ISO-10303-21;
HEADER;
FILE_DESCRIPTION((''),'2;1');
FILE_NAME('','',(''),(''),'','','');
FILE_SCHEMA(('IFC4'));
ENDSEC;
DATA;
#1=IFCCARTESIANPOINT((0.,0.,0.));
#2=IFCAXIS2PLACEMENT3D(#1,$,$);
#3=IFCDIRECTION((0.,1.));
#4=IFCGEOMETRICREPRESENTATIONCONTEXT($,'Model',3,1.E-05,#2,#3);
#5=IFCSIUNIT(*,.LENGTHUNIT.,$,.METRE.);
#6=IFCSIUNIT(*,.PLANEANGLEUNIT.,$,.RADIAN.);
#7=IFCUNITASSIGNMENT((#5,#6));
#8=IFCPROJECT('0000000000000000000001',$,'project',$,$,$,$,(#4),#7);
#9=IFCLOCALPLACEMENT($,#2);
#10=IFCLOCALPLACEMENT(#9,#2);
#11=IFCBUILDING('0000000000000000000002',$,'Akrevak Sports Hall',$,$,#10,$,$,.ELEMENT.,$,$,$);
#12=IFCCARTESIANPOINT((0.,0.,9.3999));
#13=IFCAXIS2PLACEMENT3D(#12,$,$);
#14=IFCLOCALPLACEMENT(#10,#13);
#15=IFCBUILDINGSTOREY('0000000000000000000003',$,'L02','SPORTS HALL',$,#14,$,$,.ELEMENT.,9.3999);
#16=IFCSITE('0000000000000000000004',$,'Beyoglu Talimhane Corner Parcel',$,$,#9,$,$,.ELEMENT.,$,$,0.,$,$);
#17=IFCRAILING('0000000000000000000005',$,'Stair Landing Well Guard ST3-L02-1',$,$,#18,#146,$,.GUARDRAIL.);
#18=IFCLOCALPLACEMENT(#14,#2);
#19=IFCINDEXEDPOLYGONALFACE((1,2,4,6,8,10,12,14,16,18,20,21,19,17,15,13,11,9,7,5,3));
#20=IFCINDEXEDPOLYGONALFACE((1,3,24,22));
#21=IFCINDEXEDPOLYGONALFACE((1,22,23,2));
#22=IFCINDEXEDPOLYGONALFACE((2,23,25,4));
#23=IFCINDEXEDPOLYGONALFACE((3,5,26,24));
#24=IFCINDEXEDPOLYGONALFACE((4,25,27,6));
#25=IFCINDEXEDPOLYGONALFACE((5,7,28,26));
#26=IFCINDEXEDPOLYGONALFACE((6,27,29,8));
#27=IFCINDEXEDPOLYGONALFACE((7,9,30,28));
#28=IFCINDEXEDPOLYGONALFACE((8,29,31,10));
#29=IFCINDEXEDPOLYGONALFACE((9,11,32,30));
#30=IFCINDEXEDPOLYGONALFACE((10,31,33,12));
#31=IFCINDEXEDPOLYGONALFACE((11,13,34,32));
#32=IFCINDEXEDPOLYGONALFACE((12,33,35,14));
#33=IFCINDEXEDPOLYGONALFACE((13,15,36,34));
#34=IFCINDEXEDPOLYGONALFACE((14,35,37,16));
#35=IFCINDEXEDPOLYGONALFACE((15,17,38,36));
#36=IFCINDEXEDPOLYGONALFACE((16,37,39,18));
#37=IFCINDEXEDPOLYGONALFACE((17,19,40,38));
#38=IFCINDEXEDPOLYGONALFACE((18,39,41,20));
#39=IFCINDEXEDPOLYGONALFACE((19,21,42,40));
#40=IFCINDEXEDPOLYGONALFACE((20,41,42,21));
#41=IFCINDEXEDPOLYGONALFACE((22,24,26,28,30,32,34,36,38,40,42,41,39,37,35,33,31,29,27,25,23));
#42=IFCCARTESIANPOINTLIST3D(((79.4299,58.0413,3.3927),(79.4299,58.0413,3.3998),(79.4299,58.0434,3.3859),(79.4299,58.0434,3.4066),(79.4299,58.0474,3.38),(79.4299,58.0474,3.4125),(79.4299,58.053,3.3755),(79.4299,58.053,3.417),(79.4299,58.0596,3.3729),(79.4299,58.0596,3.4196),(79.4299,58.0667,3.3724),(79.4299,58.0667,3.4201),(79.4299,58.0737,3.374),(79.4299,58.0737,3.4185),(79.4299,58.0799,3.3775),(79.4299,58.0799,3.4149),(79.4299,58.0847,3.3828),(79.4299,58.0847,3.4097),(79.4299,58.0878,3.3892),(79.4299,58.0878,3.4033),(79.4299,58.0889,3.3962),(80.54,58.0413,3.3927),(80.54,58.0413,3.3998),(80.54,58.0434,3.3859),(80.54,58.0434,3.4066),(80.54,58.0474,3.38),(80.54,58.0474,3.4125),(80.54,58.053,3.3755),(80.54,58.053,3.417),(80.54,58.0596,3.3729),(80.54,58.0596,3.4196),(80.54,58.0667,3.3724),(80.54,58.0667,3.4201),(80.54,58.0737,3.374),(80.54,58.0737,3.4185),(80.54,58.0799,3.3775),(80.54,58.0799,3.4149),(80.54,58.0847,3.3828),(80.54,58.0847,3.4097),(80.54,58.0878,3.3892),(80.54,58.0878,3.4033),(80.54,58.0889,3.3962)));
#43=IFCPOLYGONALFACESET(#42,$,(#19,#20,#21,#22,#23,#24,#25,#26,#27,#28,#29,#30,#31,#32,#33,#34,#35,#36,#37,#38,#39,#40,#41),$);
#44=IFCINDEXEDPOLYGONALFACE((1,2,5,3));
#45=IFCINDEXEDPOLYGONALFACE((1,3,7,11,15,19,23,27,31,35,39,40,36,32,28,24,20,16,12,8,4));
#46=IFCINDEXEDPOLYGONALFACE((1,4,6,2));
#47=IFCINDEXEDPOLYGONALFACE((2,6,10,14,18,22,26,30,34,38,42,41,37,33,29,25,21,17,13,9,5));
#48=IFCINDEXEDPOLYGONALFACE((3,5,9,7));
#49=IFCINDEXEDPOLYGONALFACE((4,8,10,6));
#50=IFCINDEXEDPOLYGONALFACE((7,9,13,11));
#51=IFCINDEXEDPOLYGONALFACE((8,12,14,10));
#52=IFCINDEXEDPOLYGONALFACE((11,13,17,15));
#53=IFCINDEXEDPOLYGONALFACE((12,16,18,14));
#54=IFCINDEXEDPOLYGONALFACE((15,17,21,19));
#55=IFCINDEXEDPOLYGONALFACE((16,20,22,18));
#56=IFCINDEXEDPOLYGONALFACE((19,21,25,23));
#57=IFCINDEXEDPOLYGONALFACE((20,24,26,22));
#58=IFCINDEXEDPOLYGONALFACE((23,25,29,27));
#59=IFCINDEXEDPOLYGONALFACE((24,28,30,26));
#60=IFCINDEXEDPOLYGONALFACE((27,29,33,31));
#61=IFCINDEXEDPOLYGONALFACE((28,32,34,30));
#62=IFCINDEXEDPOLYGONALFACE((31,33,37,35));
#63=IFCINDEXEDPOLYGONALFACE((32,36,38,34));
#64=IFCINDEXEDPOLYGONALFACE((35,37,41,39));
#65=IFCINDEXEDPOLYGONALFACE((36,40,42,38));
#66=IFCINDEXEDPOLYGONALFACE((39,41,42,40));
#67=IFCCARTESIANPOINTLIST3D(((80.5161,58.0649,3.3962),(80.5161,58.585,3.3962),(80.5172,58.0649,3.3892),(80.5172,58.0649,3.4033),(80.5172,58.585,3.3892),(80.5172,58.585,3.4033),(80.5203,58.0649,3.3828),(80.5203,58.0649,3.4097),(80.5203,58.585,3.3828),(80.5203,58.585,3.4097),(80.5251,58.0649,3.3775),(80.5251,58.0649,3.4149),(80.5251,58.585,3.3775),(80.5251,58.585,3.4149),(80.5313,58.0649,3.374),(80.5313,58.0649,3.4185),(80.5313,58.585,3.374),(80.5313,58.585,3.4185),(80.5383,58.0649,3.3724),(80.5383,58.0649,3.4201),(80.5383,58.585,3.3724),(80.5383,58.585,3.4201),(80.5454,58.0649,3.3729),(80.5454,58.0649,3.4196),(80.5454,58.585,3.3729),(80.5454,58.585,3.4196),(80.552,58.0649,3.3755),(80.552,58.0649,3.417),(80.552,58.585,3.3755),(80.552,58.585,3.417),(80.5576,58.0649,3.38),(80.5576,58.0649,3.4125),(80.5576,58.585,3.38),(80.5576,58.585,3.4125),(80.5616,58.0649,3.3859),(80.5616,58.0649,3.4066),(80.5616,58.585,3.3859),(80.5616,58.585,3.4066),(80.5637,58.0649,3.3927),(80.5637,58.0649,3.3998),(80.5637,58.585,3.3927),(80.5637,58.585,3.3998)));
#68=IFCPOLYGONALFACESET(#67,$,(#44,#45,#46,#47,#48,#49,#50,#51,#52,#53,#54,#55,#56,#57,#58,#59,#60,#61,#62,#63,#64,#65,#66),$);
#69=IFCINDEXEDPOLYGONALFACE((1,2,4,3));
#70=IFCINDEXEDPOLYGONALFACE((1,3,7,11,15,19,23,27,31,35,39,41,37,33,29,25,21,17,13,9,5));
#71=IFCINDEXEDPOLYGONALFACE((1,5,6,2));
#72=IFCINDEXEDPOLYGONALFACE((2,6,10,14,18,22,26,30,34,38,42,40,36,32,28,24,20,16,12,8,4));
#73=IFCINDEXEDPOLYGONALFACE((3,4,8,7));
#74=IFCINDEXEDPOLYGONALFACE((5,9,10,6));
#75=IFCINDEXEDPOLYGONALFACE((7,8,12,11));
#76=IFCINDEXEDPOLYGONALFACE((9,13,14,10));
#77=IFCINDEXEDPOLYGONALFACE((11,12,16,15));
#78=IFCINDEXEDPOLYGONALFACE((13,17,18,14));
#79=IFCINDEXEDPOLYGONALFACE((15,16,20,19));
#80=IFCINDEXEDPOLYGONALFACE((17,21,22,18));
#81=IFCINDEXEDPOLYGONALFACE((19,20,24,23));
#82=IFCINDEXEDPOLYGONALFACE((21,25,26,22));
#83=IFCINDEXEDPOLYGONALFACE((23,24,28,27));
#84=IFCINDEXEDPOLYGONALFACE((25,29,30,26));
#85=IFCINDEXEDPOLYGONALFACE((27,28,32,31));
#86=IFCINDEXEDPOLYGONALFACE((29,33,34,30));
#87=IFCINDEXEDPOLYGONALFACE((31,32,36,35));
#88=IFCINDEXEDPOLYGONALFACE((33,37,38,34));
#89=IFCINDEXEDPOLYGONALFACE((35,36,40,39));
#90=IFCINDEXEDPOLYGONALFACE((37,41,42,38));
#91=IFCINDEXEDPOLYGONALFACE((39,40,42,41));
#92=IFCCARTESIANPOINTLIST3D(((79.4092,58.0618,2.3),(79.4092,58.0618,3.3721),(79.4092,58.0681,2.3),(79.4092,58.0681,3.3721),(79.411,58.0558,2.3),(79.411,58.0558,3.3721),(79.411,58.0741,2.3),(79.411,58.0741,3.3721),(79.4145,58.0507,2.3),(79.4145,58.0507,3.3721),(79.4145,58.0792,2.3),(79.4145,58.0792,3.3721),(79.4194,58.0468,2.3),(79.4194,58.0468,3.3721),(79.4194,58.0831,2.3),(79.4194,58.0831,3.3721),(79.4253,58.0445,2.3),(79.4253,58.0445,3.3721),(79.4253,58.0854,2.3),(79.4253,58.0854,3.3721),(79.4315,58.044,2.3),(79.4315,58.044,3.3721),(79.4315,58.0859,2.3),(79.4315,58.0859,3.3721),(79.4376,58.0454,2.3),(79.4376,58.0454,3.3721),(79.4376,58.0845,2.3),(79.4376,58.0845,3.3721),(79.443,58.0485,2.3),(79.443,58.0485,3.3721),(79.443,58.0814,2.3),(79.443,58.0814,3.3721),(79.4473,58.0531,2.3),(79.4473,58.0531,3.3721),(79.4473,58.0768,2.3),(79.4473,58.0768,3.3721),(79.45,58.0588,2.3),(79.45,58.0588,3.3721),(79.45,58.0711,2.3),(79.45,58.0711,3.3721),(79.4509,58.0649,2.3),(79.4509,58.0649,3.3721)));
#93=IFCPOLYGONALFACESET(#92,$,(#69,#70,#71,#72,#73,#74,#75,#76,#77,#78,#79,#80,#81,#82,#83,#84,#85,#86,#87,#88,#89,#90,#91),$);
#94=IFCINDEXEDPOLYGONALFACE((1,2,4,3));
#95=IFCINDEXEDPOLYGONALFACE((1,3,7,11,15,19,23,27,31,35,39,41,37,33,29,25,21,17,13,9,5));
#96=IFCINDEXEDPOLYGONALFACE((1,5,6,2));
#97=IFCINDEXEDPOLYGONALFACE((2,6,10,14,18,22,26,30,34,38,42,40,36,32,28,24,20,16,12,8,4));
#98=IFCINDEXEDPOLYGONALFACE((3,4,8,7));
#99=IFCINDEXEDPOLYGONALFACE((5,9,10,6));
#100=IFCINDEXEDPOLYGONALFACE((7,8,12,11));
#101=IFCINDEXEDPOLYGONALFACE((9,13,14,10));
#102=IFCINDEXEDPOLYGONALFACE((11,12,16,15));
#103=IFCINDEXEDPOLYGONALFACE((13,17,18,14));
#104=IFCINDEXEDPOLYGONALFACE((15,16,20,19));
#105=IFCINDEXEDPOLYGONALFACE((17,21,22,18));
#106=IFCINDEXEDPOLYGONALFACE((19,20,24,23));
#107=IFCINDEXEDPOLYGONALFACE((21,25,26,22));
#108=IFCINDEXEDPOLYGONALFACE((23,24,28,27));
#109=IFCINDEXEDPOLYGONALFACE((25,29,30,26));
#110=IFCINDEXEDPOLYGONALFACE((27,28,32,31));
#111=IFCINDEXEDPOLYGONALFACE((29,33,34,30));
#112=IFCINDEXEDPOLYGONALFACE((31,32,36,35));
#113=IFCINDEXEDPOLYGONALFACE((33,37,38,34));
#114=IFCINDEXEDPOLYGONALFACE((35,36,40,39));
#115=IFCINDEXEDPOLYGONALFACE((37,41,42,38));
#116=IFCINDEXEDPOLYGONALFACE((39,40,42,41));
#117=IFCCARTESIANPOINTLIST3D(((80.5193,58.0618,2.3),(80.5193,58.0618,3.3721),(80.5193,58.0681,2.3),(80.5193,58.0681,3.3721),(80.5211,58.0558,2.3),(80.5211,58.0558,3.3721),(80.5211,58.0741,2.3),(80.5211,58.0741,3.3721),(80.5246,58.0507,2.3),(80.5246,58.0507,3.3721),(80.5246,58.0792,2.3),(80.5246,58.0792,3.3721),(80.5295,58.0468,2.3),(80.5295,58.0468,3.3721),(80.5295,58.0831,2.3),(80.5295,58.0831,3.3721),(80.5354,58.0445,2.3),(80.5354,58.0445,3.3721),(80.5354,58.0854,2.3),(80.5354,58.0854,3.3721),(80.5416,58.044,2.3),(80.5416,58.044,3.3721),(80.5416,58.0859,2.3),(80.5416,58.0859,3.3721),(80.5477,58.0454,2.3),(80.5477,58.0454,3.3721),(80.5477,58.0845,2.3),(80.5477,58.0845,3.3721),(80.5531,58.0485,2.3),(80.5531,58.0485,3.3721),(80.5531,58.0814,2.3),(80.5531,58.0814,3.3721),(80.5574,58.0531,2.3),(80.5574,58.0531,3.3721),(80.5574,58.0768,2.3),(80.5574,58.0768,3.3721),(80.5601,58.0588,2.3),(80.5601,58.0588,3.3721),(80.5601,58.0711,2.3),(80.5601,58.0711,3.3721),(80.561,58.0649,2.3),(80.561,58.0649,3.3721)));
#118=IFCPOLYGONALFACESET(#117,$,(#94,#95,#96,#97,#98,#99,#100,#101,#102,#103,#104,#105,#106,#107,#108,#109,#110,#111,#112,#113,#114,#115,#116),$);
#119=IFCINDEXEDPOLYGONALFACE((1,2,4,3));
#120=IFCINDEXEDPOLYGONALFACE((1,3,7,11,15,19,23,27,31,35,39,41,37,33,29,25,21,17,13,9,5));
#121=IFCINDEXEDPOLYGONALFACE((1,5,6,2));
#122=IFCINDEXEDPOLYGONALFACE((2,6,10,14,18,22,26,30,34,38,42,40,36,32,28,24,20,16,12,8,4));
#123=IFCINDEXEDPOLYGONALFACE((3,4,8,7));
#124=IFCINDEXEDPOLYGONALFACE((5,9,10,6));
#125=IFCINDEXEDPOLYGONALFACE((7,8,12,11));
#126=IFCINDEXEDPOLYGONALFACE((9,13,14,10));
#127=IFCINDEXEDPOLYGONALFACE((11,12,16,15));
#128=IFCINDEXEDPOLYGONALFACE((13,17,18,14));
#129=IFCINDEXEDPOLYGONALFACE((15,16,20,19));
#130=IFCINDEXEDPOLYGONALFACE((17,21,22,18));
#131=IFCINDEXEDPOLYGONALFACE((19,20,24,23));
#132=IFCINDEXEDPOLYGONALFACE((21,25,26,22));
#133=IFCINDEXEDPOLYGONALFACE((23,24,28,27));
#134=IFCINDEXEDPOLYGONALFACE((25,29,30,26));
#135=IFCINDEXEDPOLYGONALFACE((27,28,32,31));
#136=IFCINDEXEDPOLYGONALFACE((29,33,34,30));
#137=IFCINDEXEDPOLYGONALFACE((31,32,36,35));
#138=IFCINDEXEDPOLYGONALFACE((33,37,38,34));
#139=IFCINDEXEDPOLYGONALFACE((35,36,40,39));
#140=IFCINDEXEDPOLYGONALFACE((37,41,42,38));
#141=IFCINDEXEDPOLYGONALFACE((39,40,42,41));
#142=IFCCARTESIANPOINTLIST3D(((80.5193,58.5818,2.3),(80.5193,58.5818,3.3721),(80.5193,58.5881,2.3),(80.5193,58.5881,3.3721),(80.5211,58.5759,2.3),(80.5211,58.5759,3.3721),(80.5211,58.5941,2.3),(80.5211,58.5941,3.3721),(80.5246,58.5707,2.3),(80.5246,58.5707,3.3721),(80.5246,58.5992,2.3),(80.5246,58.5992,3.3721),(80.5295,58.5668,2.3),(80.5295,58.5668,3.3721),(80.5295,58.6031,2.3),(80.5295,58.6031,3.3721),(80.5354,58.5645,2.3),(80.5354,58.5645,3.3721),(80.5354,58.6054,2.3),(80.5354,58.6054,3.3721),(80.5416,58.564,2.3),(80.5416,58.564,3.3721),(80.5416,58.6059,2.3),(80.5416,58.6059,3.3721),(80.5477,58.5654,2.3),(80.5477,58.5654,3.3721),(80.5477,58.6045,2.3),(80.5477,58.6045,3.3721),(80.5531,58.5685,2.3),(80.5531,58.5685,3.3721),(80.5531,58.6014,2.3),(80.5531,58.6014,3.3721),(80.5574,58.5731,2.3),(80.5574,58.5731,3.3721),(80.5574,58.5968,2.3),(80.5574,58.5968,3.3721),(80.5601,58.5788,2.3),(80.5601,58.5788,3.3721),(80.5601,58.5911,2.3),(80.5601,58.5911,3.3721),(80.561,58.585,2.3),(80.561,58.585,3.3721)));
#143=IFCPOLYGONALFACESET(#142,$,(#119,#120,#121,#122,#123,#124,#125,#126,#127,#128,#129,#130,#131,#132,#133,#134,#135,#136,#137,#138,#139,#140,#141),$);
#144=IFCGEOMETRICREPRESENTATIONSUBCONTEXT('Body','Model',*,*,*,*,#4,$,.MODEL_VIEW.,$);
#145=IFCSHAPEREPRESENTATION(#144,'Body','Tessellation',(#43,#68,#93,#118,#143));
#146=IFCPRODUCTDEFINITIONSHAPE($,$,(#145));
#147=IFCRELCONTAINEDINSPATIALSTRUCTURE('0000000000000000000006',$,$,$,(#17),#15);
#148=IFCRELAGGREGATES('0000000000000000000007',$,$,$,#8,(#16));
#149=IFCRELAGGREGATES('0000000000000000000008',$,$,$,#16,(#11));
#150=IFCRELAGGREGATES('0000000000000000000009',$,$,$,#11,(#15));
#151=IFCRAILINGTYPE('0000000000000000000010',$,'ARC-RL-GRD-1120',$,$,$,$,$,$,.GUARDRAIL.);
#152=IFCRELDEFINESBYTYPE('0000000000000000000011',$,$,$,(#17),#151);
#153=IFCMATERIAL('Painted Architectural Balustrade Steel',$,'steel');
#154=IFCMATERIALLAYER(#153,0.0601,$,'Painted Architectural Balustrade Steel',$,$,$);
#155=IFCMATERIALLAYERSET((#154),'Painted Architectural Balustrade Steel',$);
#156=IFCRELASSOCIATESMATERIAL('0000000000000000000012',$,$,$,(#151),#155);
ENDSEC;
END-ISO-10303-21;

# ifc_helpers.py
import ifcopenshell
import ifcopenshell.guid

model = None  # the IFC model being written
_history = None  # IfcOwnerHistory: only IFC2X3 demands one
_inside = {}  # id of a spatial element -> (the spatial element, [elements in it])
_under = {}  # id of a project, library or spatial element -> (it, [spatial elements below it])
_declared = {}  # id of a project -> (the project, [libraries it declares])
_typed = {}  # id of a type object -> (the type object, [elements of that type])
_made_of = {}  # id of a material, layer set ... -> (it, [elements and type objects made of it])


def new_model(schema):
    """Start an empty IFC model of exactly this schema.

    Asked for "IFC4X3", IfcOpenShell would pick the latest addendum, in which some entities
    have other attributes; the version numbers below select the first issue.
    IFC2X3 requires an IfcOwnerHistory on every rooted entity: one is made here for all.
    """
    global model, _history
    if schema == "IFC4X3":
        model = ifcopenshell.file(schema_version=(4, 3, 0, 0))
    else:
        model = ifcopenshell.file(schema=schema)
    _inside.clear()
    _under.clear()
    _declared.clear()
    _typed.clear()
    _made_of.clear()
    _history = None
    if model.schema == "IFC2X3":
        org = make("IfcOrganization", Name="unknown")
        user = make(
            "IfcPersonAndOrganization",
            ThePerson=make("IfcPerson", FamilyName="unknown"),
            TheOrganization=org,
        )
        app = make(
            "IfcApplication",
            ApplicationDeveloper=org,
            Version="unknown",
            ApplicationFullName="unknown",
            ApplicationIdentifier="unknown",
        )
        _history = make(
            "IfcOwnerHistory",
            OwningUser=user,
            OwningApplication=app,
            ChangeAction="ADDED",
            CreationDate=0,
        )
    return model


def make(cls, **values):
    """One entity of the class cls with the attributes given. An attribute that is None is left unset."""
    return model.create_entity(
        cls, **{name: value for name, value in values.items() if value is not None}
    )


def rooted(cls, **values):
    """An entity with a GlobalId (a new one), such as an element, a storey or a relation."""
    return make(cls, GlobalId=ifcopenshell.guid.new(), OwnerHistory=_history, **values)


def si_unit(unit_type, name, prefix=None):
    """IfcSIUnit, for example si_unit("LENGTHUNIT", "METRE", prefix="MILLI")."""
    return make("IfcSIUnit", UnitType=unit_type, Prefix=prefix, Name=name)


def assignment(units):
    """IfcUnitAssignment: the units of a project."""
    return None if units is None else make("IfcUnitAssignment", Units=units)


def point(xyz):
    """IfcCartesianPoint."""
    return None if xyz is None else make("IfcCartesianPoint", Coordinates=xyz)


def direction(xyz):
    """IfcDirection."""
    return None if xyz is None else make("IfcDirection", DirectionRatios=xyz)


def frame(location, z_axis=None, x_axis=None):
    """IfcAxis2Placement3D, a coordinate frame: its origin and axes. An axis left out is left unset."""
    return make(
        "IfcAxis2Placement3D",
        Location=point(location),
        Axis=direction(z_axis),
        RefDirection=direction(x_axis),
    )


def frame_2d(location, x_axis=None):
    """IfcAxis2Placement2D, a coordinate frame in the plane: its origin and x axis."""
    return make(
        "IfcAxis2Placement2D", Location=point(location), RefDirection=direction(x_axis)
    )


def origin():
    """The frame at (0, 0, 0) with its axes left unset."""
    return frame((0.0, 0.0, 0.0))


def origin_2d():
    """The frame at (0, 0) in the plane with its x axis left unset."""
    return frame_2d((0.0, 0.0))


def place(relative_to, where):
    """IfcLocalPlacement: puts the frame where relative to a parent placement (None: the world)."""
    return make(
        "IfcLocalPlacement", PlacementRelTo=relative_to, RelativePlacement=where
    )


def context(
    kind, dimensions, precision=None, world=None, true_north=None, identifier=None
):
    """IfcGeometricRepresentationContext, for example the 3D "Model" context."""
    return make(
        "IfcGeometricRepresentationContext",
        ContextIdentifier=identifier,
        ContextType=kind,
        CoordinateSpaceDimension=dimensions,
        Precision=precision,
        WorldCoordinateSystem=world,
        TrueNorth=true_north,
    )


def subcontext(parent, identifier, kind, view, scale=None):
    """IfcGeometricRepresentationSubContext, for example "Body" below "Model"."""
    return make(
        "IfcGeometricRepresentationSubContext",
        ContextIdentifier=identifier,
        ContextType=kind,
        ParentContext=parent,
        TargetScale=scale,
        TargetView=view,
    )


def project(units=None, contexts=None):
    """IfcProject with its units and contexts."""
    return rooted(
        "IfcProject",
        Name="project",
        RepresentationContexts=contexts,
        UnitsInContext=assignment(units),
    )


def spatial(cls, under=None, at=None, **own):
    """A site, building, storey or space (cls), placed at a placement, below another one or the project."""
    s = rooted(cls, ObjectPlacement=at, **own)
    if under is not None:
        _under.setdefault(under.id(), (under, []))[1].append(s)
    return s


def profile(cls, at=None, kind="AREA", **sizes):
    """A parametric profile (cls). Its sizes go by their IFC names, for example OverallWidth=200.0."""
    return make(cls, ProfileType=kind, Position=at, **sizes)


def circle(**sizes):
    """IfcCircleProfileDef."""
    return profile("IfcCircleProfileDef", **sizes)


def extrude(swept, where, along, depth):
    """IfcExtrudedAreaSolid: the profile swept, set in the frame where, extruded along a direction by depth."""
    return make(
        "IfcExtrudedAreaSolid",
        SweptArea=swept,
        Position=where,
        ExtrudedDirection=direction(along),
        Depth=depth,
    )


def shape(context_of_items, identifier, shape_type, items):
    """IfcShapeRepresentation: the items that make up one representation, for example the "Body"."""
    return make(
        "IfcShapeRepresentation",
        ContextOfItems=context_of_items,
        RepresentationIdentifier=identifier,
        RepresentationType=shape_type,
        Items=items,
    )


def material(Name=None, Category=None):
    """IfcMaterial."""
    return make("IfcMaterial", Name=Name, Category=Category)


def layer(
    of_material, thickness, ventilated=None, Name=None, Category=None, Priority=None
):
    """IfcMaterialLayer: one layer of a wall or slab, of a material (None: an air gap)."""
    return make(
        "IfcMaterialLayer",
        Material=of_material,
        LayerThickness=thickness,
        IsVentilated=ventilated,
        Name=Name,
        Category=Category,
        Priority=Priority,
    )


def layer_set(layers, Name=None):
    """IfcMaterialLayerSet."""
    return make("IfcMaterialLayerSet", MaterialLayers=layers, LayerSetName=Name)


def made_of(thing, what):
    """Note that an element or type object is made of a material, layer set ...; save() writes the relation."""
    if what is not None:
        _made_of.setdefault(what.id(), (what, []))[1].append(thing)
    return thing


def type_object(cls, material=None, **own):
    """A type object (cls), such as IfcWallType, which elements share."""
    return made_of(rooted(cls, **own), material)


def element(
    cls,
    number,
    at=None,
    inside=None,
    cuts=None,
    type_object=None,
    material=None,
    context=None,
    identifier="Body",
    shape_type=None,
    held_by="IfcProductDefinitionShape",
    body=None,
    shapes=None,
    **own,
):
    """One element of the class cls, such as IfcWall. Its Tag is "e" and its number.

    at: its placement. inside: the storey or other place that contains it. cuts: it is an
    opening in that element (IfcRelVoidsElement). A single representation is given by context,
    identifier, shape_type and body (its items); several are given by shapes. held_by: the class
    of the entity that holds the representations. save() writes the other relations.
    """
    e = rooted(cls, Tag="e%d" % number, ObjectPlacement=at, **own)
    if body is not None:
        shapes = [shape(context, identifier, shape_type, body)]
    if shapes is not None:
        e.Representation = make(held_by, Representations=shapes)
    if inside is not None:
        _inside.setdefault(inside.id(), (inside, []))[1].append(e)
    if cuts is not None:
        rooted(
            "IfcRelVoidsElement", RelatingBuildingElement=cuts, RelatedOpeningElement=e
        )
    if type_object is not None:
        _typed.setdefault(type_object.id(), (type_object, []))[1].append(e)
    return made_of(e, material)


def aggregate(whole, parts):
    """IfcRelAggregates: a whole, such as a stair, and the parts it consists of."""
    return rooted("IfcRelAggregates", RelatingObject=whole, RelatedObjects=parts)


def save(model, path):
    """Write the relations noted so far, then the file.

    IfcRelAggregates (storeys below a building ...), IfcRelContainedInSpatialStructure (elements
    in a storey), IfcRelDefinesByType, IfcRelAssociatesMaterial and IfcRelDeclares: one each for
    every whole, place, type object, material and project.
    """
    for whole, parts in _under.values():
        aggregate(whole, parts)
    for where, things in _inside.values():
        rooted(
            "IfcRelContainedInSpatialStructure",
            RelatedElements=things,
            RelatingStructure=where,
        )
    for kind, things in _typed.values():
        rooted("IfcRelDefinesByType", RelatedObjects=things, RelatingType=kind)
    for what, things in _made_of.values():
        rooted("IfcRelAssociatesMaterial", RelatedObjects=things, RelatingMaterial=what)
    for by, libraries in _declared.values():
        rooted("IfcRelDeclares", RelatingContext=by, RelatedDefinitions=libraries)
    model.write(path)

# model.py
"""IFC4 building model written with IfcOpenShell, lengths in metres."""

from ifc_helpers import new_model, si_unit, direction, frame, origin, origin_2d, place, context, subcontext, project, spatial, circle, extrude, material, layer, layer_set, type_object, element, save


model = new_model("IFC4")

# Units and contexts
model_context = context("Model", 3, precision=1e-05, world=origin(), true_north=direction((0.0, 1.0)))
body_context = subcontext(model_context, "Body", "Model", "MODEL_VIEW")
ifc_project = project(units=[si_unit("LENGTHUNIT", "METRE"), si_unit("PLANEANGLEUNIT", "RADIAN")], contexts=[model_context])

# Site, building, storey
site_placement = place(None, origin())
site = spatial("IfcSite", under=ifc_project, at=site_placement, Name="Beyoglu Talimhane Corner Parcel", CompositionType="ELEMENT", RefElevation=0.0)
building_placement = place(site_placement, origin())
building = spatial("IfcBuilding", under=site, at=building_placement, Name="Akrevak Sports Hall", CompositionType="ELEMENT")
storey_placement = place(building_placement, frame((0.0, 0.0, 9.3999)))
storey = spatial("IfcBuildingStorey", under=building, at=storey_placement, Name="L02", Description="SPORTS HALL", CompositionType="ELEMENT", Elevation=9.3999)

# Railing
ifc_material_1 = material(Name="Painted Architectural Balustrade Steel", Category="steel")
ifc_layer_1 = layer(ifc_material_1, 0.0601, Name="Painted Architectural Balustrade Steel")
ifc_layer_set_1 = layer_set([ifc_layer_1], Name="Painted Architectural Balustrade Steel")
railing_type_1 = type_object("IfcRailingType", Name="ARC-RL-GRD-1120", PredefinedType="GUARDRAIL", material=ifc_layer_set_1)
railing_1_placement = place(storey_placement, frame((79.4299, 58.0649, 2.3)))
element("IfcRailing", 1, at=railing_1_placement, inside=storey, type_object=railing_type_1, Name="Stair Landing Well Guard ST3-L02-1", PredefinedType="GUARDRAIL", context=body_context, shape_type="SweptSolid", body=[
    extrude(circle(Radius=0.0239, at=origin_2d()), frame((0.0, 0.0, 1.0962), z_axis=(1.0, 0.0, 0.0), x_axis=(0.0, 1.0, 0.0)), (0.0, 0.0, 1.0), 1.1101),
    extrude(circle(Radius=0.0239, at=origin_2d()), frame((1.1101, 0.0, 1.0962), z_axis=(0.0, 1.0, 0.0), x_axis=(-1.0, 0.0, 0.0)), (0.0, 0.0, 1.0), 0.52),
    extrude(circle(Radius=0.021, at=origin_2d()), origin(), (0.0, 0.0, 1.0), 1.072),
    extrude(circle(Radius=0.021, at=origin_2d()), frame((1.1101, 0.0, 0.0)), (0.0, 0.0, 1.0), 1.072),
    extrude(circle(Radius=0.021, at=origin_2d()), frame((1.1101, 0.52, 0.0)), (0.0, 0.0, 1.0), 1.072),
])

save(model, "model.ifc")
